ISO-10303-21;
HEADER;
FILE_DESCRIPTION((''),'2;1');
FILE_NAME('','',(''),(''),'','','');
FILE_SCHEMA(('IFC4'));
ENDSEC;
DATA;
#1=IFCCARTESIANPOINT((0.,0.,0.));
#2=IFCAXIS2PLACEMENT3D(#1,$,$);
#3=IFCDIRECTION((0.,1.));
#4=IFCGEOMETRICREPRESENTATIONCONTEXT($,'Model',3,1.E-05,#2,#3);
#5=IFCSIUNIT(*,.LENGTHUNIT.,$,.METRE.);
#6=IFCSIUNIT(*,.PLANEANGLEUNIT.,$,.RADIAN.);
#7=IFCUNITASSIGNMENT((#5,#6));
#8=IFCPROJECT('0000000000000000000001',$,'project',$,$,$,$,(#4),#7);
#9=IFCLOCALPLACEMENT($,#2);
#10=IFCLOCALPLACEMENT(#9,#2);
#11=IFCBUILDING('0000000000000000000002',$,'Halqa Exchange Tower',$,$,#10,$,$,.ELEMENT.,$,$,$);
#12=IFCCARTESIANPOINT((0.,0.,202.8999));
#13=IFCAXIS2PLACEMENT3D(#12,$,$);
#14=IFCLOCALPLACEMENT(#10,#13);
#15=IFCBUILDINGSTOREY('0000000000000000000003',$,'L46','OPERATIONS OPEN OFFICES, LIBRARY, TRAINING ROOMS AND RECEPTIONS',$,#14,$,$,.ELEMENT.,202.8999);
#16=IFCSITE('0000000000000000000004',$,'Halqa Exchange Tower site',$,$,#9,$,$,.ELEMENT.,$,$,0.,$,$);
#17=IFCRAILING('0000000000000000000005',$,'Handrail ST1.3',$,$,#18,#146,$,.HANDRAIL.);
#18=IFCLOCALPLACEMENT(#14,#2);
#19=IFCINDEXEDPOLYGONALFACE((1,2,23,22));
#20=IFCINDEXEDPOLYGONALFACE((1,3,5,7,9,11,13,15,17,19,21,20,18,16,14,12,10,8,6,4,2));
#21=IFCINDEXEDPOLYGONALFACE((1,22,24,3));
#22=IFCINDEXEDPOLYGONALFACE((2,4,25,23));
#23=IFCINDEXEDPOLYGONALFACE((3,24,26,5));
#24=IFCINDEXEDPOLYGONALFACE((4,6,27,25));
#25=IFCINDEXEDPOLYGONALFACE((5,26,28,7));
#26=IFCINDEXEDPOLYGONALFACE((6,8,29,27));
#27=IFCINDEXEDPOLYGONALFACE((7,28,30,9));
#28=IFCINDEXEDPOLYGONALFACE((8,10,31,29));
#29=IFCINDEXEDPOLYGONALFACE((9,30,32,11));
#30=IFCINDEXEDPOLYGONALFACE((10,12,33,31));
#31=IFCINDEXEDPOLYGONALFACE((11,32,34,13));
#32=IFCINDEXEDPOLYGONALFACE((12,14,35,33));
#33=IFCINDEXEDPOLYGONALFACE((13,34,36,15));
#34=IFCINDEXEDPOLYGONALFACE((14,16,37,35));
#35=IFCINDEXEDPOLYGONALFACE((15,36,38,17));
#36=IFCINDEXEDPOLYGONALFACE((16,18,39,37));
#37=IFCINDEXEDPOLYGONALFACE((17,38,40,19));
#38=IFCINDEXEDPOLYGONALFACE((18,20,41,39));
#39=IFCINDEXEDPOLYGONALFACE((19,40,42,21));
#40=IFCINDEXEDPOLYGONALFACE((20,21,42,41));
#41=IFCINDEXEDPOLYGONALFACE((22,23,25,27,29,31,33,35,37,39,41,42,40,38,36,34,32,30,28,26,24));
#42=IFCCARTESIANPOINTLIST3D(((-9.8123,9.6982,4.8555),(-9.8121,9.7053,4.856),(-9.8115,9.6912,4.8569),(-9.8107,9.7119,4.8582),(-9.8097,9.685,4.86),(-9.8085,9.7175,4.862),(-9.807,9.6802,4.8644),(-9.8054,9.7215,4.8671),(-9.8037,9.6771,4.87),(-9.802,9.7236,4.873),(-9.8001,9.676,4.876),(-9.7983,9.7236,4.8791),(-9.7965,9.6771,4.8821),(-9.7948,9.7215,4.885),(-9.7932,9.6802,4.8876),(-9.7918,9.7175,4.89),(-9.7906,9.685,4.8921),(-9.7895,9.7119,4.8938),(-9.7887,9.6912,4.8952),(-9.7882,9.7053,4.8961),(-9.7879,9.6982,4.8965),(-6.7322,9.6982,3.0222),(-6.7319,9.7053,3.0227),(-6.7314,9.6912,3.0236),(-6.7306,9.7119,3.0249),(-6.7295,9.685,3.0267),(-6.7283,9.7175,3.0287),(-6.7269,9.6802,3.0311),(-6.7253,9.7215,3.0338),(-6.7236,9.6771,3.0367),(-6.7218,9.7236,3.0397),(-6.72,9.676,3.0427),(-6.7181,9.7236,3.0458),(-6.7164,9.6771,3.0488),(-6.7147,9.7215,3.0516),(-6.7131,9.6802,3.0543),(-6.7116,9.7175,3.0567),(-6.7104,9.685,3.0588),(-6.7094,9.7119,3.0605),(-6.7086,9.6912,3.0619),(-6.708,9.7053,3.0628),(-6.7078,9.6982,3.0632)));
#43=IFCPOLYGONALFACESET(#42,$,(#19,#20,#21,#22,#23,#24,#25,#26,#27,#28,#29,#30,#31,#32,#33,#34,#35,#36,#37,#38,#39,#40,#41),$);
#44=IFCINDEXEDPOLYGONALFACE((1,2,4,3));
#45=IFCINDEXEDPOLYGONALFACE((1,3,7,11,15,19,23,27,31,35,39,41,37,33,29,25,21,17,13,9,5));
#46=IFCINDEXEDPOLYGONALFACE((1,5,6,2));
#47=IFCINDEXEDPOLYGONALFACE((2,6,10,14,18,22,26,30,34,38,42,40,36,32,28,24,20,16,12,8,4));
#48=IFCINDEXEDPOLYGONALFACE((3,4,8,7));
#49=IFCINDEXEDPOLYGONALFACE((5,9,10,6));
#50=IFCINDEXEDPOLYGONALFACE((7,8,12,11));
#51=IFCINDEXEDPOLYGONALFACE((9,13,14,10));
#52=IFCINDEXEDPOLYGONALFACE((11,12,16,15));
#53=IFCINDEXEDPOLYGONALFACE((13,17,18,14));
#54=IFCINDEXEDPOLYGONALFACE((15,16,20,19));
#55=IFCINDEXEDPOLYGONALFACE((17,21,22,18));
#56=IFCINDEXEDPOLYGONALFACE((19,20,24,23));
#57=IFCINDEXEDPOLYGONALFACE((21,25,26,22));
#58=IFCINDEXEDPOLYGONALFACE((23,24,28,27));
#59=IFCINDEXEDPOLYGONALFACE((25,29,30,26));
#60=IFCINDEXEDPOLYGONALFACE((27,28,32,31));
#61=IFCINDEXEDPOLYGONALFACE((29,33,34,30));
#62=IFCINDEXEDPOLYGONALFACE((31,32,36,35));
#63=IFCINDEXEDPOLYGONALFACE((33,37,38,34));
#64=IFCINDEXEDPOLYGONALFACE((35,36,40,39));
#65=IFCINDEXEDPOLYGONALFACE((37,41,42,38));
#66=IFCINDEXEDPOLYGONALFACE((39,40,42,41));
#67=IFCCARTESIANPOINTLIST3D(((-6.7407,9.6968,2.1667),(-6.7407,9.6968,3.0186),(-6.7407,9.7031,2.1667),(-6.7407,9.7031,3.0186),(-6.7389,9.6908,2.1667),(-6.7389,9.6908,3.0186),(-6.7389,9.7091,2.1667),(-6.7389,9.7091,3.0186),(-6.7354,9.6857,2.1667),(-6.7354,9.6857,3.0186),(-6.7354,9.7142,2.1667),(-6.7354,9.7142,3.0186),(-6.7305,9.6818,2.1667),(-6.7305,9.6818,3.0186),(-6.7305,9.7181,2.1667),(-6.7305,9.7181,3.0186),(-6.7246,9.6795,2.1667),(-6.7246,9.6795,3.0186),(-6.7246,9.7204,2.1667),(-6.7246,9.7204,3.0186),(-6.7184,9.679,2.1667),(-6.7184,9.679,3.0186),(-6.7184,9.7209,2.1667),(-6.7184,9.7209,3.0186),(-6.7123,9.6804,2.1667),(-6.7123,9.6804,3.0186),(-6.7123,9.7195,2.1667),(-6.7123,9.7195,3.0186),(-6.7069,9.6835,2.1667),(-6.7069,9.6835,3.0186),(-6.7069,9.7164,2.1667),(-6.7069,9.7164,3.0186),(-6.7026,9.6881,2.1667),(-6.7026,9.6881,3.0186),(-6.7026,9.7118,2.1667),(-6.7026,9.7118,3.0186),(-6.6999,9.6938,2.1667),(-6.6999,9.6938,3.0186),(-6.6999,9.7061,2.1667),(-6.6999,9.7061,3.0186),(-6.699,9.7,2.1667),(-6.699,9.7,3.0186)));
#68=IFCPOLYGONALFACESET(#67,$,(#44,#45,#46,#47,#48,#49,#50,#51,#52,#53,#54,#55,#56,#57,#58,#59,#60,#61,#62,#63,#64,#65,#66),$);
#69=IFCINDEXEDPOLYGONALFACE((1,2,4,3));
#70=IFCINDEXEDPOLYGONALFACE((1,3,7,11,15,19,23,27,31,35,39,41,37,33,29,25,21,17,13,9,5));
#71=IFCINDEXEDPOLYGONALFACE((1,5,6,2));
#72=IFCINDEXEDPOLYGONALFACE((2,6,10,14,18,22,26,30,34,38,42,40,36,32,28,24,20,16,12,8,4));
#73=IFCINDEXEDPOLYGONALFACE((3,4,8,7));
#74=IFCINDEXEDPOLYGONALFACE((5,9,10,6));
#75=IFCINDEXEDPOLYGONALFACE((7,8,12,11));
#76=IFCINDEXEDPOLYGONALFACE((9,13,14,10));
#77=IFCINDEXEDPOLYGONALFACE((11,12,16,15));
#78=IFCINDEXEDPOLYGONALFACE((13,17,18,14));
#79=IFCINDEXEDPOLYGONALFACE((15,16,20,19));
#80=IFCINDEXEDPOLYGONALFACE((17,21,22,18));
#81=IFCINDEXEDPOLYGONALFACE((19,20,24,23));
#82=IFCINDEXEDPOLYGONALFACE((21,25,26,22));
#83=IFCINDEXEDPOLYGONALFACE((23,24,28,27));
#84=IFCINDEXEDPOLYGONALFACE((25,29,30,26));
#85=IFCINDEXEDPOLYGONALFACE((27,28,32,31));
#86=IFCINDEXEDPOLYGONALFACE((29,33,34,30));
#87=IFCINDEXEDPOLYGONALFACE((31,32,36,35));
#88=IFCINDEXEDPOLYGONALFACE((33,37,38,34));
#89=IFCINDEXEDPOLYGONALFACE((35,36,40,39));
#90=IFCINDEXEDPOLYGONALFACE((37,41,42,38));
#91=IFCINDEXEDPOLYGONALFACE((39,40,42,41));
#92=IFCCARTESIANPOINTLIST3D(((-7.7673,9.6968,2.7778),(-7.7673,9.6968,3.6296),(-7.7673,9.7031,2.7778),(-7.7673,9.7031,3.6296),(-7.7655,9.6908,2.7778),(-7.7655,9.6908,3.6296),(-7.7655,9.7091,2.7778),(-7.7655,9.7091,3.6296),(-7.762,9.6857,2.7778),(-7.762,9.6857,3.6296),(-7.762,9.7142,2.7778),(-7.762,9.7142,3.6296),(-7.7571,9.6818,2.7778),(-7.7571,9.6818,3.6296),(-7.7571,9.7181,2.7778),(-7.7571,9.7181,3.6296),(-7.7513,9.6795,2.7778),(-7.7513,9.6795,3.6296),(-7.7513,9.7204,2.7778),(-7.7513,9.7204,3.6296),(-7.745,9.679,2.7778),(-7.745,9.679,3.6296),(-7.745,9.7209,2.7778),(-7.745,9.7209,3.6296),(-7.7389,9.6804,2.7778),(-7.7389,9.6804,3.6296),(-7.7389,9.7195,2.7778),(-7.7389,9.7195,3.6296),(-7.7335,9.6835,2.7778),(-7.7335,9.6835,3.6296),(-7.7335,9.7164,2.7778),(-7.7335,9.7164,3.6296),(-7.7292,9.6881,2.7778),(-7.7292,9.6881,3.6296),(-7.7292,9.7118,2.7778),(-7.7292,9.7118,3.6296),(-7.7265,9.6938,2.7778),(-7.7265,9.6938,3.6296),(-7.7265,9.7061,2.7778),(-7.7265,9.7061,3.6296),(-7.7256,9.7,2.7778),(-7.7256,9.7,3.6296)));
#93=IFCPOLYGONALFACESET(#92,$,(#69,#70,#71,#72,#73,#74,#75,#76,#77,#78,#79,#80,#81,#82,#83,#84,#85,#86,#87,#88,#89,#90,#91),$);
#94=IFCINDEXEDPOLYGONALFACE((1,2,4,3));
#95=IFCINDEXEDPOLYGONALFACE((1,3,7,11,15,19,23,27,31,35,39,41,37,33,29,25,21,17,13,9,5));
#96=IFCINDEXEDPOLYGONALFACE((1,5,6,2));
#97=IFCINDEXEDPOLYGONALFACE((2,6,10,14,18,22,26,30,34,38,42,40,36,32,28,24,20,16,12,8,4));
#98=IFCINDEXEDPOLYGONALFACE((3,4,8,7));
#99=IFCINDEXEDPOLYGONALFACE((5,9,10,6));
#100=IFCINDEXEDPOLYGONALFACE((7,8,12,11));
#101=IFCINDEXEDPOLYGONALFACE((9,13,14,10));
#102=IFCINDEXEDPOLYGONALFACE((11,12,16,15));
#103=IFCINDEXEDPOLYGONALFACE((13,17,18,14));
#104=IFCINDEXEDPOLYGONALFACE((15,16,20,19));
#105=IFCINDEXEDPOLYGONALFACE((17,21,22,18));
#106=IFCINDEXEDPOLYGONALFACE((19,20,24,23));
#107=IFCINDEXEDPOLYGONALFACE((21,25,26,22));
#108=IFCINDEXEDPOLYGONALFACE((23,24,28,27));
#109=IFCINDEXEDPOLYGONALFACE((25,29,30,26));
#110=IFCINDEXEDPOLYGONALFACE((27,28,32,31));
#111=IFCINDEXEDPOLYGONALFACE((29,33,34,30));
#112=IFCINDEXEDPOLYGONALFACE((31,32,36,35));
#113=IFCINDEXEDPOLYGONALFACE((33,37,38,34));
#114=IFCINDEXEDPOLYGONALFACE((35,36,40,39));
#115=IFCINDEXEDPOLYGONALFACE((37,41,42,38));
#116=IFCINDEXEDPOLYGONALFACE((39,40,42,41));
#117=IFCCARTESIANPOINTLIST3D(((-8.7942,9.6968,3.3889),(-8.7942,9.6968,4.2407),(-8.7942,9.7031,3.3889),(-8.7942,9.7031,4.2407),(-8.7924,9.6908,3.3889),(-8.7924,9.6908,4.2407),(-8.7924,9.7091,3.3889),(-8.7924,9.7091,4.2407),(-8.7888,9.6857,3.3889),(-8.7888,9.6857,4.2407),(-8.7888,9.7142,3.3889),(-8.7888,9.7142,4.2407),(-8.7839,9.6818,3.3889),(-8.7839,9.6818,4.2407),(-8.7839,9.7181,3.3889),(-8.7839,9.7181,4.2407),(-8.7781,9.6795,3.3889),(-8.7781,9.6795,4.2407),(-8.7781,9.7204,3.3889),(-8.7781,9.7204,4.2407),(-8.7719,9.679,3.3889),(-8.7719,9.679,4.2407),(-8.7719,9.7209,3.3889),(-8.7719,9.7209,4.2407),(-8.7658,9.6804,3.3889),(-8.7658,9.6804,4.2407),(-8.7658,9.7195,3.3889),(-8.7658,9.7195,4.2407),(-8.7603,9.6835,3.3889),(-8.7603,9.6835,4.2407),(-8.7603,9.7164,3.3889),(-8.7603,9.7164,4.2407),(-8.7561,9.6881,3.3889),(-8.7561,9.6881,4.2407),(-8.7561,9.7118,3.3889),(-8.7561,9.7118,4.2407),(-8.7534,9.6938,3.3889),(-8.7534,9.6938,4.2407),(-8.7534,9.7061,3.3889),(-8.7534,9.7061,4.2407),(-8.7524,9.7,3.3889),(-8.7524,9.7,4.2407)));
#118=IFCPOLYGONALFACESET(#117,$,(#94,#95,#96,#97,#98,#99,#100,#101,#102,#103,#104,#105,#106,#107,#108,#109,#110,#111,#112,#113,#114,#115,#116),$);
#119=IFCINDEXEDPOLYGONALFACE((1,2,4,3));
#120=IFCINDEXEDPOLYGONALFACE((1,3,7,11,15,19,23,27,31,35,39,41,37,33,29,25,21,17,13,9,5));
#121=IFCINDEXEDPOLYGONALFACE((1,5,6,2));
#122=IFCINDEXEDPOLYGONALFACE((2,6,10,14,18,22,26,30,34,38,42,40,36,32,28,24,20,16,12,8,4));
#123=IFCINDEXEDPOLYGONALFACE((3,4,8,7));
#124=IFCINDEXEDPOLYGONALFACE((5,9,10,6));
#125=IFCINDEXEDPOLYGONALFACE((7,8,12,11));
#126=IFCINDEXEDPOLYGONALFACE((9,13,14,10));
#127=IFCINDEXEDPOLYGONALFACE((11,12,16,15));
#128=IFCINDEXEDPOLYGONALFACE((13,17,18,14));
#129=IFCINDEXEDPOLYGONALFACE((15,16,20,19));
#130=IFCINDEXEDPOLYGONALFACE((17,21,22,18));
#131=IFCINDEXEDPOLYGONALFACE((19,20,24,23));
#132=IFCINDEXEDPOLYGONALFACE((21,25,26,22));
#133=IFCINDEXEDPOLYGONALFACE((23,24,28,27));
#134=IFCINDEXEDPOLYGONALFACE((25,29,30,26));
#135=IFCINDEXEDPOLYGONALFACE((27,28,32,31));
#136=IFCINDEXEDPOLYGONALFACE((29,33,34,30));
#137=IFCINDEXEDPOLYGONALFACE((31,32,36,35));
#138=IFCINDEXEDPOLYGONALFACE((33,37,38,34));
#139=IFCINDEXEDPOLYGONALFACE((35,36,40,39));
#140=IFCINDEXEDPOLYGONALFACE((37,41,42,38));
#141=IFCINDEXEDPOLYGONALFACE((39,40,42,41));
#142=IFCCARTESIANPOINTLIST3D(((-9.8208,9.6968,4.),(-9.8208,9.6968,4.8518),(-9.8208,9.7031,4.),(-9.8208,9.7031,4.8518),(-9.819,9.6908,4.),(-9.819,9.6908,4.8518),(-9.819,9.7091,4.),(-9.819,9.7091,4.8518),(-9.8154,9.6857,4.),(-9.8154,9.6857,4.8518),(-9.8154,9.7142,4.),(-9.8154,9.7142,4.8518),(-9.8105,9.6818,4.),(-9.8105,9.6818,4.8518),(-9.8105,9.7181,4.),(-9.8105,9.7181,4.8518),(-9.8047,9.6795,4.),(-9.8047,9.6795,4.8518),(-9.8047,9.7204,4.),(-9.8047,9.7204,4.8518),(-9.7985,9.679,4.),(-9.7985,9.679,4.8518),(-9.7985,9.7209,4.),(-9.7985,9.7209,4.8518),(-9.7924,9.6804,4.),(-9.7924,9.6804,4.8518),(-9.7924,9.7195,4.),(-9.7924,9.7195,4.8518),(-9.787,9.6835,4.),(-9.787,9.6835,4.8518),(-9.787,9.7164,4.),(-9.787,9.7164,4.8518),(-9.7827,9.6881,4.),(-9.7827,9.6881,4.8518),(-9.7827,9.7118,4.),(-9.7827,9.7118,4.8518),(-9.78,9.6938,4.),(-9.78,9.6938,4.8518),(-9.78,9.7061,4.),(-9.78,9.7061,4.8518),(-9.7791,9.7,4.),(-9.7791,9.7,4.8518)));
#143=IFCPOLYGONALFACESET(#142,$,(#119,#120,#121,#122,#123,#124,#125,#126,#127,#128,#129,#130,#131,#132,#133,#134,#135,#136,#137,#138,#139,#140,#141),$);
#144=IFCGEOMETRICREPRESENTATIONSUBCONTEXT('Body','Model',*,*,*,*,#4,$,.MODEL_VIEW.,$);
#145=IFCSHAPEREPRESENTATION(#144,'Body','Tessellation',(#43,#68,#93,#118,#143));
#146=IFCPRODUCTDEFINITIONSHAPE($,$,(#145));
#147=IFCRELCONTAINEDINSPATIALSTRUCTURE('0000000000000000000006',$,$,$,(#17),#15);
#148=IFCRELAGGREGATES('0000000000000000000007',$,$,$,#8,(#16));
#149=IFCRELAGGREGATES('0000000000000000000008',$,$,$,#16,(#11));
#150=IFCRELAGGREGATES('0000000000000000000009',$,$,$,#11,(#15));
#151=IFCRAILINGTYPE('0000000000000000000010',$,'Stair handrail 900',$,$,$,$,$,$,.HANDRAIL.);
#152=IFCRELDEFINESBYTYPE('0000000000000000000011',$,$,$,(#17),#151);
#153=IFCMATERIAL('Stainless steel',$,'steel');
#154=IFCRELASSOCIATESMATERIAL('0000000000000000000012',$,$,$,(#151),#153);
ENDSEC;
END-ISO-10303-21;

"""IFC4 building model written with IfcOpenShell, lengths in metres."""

from ifc_helpers import new_model, si_unit, direction, frame, origin, origin_2d, place, context, subcontext, project, spatial, circle, extrude, material, type_object, element, save


model = new_model("IFC4")

# Units and contexts
model_context = context("Model", 3, precision=1e-05, world=origin(), true_north=direction((0.0, 1.0)))
body_context = subcontext(model_context, "Body", "Model", "MODEL_VIEW")
ifc_project = project(units=[si_unit("LENGTHUNIT", "METRE"), si_unit("PLANEANGLEUNIT", "RADIAN")], contexts=[model_context])

# Site, building, storey
site_placement = place(None, origin())
site = spatial("IfcSite", under=ifc_project, at=site_placement, Name="Halqa Exchange Tower site", CompositionType="ELEMENT", RefElevation=0.0)
building_placement = place(site_placement, origin())
building = spatial("IfcBuilding", under=site, at=building_placement, Name="Halqa Exchange Tower", CompositionType="ELEMENT")
storey_placement = place(building_placement, frame((0.0, 0.0, 202.8999)))
storey = spatial("IfcBuildingStorey", under=building, at=storey_placement, Name="L46", Description="OPERATIONS OPEN OFFICES, LIBRARY, TRAINING ROOMS AND RECEPTIONS", CompositionType="ELEMENT", Elevation=202.8999)

# Railing
ifc_material_1 = material(Name="Stainless steel", Category="steel")
railing_type_1 = type_object("IfcRailingType", Name="Stair handrail 900", PredefinedType="HANDRAIL", material=ifc_material_1)
railing_1_placement = place(storey_placement, frame((-6.72, 9.7, 2.1667)))
element("IfcRailing", 1, at=railing_1_placement, inside=storey, type_object=railing_type_1, Name="Handrail ST1.3", PredefinedType="HANDRAIL", context=body_context, shape_type="SweptSolid", body=[
    extrude(circle(Radius=0.0239, at=origin_2d()), frame((0.0, 0.0, 0.876), z_axis=(-0.859309, 0.0, 0.511458), x_axis=(0.0, -1.0, 0.0)), (0.0, 0.0, 1.0), 3.5845),
    extrude(circle(Radius=0.021, at=origin_2d()), origin(), (0.0, 0.0, 1.0), 0.8518),
    extrude(circle(Radius=0.021, at=origin_2d()), frame((-1.0266, 0.0, 0.6111)), (0.0, 0.0, 1.0), 0.8518),
    extrude(circle(Radius=0.021, at=origin_2d()), frame((-2.0535, 0.0, 1.2222)), (0.0, 0.0, 1.0), 0.8518),
    extrude(circle(Radius=0.021, at=origin_2d()), frame((-3.0801, 0.0, 1.8333)), (0.0, 0.0, 1.0), 0.8518),
])

save(model, "model.ifc")
